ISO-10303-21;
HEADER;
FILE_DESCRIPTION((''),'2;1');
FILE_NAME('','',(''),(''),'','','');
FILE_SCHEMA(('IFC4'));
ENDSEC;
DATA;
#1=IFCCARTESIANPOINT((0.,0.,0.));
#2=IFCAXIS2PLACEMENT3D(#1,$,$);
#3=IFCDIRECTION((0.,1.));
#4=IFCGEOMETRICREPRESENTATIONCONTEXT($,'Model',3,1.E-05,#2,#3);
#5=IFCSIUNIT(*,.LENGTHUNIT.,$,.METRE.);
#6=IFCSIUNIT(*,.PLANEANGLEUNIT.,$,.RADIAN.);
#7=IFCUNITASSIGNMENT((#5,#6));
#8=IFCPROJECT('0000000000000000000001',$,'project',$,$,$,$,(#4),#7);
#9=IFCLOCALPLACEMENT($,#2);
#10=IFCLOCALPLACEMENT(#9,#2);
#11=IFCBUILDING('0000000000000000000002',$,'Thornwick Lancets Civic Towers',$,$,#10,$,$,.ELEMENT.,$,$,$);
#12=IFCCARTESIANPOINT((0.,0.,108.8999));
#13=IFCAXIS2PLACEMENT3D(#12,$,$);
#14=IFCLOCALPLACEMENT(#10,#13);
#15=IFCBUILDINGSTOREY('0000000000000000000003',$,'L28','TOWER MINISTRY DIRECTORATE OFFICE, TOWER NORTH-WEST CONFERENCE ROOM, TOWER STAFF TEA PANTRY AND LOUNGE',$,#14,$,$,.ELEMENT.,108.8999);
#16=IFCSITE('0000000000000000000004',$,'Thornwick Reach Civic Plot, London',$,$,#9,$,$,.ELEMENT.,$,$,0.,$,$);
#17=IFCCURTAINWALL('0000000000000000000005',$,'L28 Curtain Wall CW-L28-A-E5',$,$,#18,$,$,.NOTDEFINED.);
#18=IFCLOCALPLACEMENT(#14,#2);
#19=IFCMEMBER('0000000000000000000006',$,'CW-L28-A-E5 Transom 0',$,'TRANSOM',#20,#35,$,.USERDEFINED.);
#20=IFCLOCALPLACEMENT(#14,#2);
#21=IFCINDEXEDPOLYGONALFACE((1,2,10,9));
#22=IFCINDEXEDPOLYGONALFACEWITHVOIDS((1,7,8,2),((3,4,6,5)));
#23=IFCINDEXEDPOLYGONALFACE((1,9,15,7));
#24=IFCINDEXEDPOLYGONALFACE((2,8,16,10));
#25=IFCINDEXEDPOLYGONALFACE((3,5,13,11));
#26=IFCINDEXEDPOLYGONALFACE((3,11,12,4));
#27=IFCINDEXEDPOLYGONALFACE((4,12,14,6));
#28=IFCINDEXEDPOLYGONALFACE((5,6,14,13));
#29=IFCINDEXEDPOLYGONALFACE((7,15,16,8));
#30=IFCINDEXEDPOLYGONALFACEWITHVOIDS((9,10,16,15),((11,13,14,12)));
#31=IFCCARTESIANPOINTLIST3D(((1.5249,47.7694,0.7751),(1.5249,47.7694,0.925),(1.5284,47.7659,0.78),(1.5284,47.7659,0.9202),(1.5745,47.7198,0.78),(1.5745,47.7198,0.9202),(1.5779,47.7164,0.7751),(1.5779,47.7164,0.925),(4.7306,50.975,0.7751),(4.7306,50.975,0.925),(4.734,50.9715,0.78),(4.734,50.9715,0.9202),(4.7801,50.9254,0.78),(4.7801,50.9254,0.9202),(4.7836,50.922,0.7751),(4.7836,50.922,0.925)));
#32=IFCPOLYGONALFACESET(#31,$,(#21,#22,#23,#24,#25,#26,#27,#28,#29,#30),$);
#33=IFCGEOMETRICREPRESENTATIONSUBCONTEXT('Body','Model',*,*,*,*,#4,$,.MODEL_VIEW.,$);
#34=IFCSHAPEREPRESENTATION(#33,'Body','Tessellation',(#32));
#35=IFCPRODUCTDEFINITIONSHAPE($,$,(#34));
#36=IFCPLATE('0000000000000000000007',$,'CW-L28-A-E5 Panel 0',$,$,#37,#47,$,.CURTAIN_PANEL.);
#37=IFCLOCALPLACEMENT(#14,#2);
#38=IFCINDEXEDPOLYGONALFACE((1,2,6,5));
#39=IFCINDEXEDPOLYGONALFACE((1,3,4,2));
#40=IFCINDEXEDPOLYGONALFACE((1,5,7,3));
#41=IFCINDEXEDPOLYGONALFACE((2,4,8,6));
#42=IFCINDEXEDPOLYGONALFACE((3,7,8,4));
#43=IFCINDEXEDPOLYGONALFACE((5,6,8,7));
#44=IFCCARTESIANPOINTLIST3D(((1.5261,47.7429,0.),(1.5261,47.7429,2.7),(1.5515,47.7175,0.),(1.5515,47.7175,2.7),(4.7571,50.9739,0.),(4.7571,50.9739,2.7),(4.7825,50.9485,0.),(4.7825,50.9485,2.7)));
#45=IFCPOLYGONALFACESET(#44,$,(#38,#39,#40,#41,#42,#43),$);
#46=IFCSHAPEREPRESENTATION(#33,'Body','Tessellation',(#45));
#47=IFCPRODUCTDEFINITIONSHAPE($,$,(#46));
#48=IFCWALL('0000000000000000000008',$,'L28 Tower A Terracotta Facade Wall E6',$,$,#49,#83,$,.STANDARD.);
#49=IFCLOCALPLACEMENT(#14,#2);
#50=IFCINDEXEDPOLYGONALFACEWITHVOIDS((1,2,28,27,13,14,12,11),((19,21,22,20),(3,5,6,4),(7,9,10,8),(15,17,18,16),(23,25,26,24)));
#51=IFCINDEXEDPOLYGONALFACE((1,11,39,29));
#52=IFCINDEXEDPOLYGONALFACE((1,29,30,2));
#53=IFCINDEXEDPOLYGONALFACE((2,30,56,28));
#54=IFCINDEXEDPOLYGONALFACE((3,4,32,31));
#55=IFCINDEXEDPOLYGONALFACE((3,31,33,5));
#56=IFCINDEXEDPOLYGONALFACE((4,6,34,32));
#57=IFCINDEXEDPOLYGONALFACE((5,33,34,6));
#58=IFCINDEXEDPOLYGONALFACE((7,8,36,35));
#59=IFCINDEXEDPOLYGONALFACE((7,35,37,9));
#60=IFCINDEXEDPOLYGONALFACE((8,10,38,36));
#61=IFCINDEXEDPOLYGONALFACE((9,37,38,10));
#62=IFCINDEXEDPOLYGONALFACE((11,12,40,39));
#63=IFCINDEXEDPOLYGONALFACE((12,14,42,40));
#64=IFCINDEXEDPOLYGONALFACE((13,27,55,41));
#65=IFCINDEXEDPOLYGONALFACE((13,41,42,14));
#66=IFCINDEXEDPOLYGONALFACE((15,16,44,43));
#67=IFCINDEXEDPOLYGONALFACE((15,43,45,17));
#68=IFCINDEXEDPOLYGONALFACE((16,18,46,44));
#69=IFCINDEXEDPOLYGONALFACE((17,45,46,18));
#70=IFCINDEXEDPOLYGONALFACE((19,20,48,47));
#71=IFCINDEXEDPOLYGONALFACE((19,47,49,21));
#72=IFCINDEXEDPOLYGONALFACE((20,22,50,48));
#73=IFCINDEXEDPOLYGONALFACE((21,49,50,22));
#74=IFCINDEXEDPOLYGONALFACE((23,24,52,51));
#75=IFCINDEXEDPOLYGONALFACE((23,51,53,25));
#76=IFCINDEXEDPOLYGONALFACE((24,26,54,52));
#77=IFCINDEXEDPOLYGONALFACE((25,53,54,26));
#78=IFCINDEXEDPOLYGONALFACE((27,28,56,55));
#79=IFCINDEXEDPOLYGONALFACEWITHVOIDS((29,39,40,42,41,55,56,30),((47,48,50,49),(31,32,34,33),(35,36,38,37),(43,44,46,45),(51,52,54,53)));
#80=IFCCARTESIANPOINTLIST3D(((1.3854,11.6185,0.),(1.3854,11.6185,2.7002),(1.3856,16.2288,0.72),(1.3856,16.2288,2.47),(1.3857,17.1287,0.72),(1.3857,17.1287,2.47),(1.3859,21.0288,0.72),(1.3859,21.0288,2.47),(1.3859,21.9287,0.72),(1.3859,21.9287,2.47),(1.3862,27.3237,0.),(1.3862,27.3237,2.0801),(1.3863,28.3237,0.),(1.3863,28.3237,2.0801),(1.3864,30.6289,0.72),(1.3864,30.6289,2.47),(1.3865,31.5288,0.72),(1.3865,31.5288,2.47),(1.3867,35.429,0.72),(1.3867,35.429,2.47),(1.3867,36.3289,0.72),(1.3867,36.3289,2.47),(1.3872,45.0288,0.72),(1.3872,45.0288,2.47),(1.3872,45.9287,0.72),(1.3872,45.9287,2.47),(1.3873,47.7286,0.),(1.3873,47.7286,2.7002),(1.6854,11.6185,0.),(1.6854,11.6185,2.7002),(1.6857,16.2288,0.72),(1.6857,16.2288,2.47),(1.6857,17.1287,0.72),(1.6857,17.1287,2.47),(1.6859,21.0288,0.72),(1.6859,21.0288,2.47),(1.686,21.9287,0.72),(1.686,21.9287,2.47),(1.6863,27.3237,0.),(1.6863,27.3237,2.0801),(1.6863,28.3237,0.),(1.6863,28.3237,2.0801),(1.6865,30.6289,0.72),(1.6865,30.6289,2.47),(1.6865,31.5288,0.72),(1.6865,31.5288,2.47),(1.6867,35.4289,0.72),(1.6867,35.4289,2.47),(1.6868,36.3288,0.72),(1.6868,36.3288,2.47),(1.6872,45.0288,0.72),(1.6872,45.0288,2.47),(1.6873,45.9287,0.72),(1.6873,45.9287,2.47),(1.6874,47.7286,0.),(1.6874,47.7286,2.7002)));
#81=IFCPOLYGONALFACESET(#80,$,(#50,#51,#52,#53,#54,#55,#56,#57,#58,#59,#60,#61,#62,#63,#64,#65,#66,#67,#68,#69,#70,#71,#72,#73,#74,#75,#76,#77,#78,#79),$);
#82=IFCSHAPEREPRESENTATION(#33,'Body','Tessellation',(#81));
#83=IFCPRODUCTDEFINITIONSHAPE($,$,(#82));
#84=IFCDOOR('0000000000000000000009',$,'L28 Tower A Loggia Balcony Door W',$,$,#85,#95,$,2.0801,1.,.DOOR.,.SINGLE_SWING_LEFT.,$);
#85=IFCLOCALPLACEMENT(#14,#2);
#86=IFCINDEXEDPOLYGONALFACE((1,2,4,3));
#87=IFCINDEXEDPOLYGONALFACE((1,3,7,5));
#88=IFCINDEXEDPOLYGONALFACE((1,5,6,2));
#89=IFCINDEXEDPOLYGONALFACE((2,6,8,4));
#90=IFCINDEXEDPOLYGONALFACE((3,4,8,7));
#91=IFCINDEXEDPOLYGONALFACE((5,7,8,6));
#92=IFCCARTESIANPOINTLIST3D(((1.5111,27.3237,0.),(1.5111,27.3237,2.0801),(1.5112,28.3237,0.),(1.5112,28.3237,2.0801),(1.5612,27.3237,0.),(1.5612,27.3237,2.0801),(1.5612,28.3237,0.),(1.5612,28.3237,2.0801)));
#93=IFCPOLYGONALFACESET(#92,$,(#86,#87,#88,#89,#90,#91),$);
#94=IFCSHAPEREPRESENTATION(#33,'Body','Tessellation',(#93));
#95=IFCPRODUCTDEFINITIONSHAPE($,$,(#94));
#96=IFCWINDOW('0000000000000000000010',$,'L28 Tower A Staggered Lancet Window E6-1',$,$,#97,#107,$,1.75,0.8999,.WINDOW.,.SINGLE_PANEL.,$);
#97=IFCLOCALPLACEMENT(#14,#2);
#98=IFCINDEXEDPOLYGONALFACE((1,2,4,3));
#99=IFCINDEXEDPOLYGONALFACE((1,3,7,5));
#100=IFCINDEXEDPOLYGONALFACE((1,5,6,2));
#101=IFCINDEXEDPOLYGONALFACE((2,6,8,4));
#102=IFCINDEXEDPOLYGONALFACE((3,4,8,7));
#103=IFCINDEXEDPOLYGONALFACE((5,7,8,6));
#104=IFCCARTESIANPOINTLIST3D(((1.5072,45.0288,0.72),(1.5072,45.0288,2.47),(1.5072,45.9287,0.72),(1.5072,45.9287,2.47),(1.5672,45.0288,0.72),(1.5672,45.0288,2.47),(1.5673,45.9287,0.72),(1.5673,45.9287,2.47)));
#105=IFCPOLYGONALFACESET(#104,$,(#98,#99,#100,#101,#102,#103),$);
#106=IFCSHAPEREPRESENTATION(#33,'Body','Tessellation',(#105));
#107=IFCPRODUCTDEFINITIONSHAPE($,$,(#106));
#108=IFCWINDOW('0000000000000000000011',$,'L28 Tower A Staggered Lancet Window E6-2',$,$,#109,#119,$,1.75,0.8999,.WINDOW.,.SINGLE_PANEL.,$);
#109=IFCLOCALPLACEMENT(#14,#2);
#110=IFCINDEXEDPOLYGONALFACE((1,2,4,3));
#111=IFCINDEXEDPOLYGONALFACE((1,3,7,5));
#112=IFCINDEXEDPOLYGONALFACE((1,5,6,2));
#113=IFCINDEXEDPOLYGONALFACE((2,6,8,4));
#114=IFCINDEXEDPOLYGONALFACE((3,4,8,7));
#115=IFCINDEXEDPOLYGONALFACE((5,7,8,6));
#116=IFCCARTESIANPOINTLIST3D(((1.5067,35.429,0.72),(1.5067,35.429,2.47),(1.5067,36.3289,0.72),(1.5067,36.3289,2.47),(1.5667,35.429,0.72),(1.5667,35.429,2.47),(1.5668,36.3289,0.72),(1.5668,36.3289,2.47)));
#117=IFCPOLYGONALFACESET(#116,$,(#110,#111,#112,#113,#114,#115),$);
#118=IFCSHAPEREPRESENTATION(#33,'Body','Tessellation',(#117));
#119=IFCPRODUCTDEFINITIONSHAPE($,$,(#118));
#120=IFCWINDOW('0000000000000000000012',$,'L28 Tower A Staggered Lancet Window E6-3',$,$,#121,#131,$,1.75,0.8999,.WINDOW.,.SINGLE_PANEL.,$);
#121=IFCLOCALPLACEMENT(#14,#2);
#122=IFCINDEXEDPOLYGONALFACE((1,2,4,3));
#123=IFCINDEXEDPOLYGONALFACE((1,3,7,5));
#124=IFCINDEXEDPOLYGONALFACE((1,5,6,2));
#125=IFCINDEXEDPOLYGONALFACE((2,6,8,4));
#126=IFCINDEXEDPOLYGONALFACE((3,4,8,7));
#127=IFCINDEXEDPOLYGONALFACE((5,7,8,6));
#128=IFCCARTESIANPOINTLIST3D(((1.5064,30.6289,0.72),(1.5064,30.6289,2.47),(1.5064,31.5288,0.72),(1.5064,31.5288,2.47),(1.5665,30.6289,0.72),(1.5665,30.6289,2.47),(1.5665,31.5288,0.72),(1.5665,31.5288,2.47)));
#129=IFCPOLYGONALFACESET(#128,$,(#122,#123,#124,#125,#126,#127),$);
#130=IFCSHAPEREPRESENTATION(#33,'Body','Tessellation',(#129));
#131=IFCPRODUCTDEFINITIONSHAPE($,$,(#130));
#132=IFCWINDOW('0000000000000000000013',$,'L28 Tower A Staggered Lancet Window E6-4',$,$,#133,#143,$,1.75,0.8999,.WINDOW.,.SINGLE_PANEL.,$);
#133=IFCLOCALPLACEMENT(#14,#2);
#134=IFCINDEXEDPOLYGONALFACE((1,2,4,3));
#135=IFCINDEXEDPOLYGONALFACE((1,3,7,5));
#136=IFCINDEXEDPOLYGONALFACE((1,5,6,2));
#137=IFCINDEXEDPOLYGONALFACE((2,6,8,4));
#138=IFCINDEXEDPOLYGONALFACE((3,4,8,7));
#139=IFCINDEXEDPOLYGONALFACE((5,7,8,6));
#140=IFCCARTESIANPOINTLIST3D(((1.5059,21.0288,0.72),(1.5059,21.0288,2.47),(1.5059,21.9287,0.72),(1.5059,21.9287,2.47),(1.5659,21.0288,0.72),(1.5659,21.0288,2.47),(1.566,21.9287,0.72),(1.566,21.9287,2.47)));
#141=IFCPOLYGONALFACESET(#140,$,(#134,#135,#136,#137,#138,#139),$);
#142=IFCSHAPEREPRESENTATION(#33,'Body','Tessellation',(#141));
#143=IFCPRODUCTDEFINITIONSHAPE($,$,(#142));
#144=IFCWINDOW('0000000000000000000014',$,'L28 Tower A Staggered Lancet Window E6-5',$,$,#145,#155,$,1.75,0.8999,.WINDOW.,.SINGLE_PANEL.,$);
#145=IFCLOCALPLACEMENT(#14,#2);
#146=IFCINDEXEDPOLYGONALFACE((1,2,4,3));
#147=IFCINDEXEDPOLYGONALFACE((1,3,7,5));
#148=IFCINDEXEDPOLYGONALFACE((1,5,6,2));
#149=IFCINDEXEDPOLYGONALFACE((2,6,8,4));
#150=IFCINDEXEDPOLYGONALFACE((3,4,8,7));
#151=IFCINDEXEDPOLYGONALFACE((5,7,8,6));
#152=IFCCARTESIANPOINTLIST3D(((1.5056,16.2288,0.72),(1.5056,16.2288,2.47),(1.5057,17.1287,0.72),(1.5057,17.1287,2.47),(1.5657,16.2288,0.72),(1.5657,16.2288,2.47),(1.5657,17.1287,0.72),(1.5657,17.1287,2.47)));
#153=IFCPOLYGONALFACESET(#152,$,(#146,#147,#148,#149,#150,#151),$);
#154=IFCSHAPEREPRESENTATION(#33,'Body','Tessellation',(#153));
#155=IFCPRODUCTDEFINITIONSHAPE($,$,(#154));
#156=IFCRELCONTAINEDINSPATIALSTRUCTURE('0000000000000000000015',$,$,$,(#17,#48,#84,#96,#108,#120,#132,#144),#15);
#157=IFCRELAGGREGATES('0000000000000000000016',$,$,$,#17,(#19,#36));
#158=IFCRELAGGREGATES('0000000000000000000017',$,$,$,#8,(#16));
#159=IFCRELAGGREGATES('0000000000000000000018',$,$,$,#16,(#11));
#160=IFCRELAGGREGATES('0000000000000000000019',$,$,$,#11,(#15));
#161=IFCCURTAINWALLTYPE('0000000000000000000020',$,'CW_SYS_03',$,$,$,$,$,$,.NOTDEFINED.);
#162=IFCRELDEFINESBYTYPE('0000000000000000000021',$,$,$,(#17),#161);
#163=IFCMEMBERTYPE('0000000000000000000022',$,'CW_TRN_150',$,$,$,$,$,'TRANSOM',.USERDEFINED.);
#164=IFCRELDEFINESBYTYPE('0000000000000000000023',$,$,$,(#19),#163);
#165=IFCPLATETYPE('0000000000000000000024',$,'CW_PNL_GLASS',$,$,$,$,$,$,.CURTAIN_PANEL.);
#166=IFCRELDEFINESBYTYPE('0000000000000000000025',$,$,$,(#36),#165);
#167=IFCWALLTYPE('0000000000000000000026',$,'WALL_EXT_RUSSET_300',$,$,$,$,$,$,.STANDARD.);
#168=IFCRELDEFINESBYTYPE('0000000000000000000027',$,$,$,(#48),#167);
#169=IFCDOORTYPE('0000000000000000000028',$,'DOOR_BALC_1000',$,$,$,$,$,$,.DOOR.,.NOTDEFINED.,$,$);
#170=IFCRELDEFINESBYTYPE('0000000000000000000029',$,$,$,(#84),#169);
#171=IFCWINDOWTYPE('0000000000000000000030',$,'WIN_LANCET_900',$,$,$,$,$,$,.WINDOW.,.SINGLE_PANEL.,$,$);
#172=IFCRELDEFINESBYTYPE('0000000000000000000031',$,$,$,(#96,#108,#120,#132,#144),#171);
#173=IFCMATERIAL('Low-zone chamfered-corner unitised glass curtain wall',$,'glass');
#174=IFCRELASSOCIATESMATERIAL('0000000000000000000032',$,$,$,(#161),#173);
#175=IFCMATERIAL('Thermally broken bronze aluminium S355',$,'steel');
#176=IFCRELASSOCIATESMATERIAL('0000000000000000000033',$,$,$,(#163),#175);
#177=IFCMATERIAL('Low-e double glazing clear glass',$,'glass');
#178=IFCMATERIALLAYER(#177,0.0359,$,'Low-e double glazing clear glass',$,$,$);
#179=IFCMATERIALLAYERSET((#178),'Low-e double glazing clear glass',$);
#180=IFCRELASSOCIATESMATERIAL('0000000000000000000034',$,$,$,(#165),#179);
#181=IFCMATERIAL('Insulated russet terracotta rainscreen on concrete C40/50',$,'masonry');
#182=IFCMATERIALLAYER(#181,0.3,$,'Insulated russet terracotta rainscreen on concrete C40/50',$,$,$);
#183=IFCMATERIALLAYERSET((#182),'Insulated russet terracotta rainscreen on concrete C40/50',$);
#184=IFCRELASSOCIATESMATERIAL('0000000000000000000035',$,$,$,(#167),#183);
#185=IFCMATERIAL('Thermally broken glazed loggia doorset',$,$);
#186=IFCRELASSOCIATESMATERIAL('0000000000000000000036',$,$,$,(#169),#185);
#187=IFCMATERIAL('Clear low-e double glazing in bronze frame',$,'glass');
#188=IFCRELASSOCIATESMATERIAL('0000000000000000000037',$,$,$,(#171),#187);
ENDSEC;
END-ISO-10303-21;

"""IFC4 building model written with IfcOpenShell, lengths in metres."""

from ifc_helpers import new_model, si_unit, direction, frame, frame_2d, origin, origin_2d, place, context, subcontext, project, spatial, rectangle, hollow_rectangle, extrude, material, layer, layer_set, material_profile, profile_set, type_object, element, fill, aggregate, save


model = new_model("IFC4")

# Units and contexts
model_context = context("Model", 3, precision=1e-05, world=origin(), true_north=direction((0.0, 1.0)))
body_context = subcontext(model_context, "Body", "Model", "MODEL_VIEW")
ifc_project = project(units=[si_unit("LENGTHUNIT", "METRE"), si_unit("PLANEANGLEUNIT", "RADIAN")], contexts=[model_context])

# Site, building, storey
site_placement = place(None, origin())
site = spatial("IfcSite", under=ifc_project, at=site_placement, Name="Thornwick Reach Civic Plot, London", CompositionType="ELEMENT", RefElevation=0.0)
building_placement = place(site_placement, origin())
building = spatial("IfcBuilding", under=site, at=building_placement, Name="Thornwick Lancets Civic Towers", CompositionType="ELEMENT")
storey_placement = place(building_placement, frame((0.0, 0.0, 108.8999)))
storey = spatial("IfcBuildingStorey", under=building, at=storey_placement, Name="L28", Description="TOWER MINISTRY DIRECTORATE OFFICE, TOWER NORTH-WEST CONFERENCE ROOM, TOWER STAFF TEA PANTRY AND LOUNGE", CompositionType="ELEMENT", Elevation=108.8999)

# Curtain wall, member, plate
ifc_material_1 = material(Name="Low-zone chamfered-corner unitised glass curtain wall", Category="glass")
curtain_wall_type = type_object("IfcCurtainWallType", Name="CW_SYS_03", PredefinedType="NOTDEFINED", material=ifc_material_1)
curtain_wall_placement = place(storey_placement, origin())
curtain_wall = element("IfcCurtainWall", 1, at=curtain_wall_placement, inside=storey, type_object=curtain_wall_type, Name="L28 Curtain Wall CW-L28-A-E5", PredefinedType="NOTDEFINED")
ifc_material_2 = material(Name="Thermally broken bronze aluminium S355", Category="steel")
ifc_material_profile_1 = material_profile(ifc_material_2, hollow_rectangle(XDim=0.075, YDim=0.1499, WallThickness=0.0049, at=origin_2d()), Name="RHS 150x75x5")
ifc_profile_set_1 = profile_set([ifc_material_profile_1], Name="Thermally broken bronze aluminium S355")
member_type_1 = type_object("IfcMemberType", Name="CW_TRN_150", ElementType="TRANSOM", PredefinedType="USERDEFINED", material=ifc_profile_set_1)
member_1_placement = place(storey_placement, frame((4.7571, 50.9485, 0.8501), z_axis=(-0.707107, -0.707107, 0.0), x_axis=(0.707107, -0.707107, 0.0)))
member_1 = element("IfcMember", 2, at=member_1_placement, type_object=member_type_1, Name="CW-L28-A-E5 Transom 0", ObjectType="TRANSOM", PredefinedType="USERDEFINED", context=body_context, shape_type="SweptSolid", body=[
    extrude(hollow_rectangle(XDim=0.075, YDim=0.1499, WallThickness=0.0049, at=origin_2d()), origin(), (0.0, 0.0, 1.0), 4.5334),
])
ifc_material_3 = material(Name="Low-e double glazing clear glass", Category="glass")
ifc_layer_1 = layer(ifc_material_3, 0.0359, Name="Low-e double glazing clear glass")
ifc_layer_set_1 = layer_set([ifc_layer_1], Name="Low-e double glazing clear glass")
plate_type = type_object("IfcPlateType", Name="CW_PNL_GLASS", PredefinedType="CURTAIN_PANEL", material=ifc_layer_set_1)
plate_placement = place(storey_placement, frame((3.1543, 49.3457, 0.0), z_axis=(0.0, 0.0, 1.0), x_axis=(-0.707107, -0.707107, 0.0)))
plate = element("IfcPlate", 3, at=plate_placement, type_object=plate_type, Name="CW-L28-A-E5 Panel 0", PredefinedType="CURTAIN_PANEL", context=body_context, shape_type="SweptSolid", body=[
    extrude(rectangle(XDim=4.5693, YDim=0.0359, at=origin_2d()), origin(), (0.0, 0.0, 1.0), 2.7),
])
aggregate(curtain_wall, [member_1, plate])

# Wall, openings, door, windows
ifc_material_4 = material(Name="Insulated russet terracotta rainscreen on concrete C40/50", Category="masonry")
ifc_layer_2 = layer(ifc_material_4, 0.3, Name="Insulated russet terracotta rainscreen on concrete C40/50")
ifc_layer_set_2 = layer_set([ifc_layer_2], Name="Insulated russet terracotta rainscreen on concrete C40/50")
wall_type_1 = type_object("IfcWallType", Name="WALL_EXT_RUSSET_300", PredefinedType="STANDARD", material=ifc_layer_set_2)
wall_1_placement = place(storey_placement, frame((1.5374, 47.7288, 0.0), z_axis=(0.0, 0.0, 1.0), x_axis=(-0.000054, -1.0, 0.0)))
wall_1 = element("IfcWall", 4, at=wall_1_placement, inside=storey, type_object=wall_type_1, Name="L28 Tower A Terracotta Facade Wall E6", PredefinedType="STANDARD", context=body_context, shape_type="SweptSolid", body=[
    extrude(rectangle(XDim=36.1101, YDim=0.3, at=frame_2d((18.0552, 0.0))), origin(), (0.0, 0.0, 1.0), 2.7002),
])
opening_1_placement = place(wall_1_placement, frame((19.405, 0.0, 0.0)))
opening_1 = element("IfcOpeningElement", 5, at=opening_1_placement, cuts=wall_1, PredefinedType="OPENING", context=body_context, shape_type="SweptSolid", body=[
    extrude(rectangle(XDim=1.0, YDim=2.0801, at=frame_2d((0.5, 1.04))), frame((0.0, 0.1602, 0.0), z_axis=(0.0, -1.0, 0.0), x_axis=(1.0, 0.0, 0.0)), (0.0, 0.0, 1.0), 0.3201),
])
opening_2_placement = place(wall_1_placement, frame((1.8, 0.0, 0.72)))
opening_2 = element("IfcOpeningElement", 6, at=opening_2_placement, cuts=wall_1, PredefinedType="OPENING", context=body_context, shape_type="SweptSolid", body=[
    extrude(rectangle(XDim=0.8999, YDim=1.75, at=frame_2d((0.45, 0.875))), frame((0.0, 0.1602, 0.0), z_axis=(0.0, -1.0, 0.0), x_axis=(1.0, 0.0, 0.0)), (0.0, 0.0, 1.0), 0.3201),
])
opening_3_placement = place(wall_1_placement, frame((11.3999, 0.0, 0.72)))
opening_3 = element("IfcOpeningElement", 7, at=opening_3_placement, cuts=wall_1, PredefinedType="OPENING", context=body_context, shape_type="SweptSolid", body=[
    extrude(rectangle(XDim=0.8999, YDim=1.75, at=frame_2d((0.45, 0.875))), frame((0.0, 0.1602, 0.0), z_axis=(0.0, -1.0, 0.0), x_axis=(1.0, 0.0, 0.0)), (0.0, 0.0, 1.0), 0.3201),
])
opening_4_placement = place(wall_1_placement, frame((16.2, 0.0, 0.72)))
opening_4 = element("IfcOpeningElement", 8, at=opening_4_placement, cuts=wall_1, PredefinedType="OPENING", context=body_context, shape_type="SweptSolid", body=[
    extrude(rectangle(XDim=0.8999, YDim=1.75, at=frame_2d((0.45, 0.875))), frame((0.0, 0.1602, 0.0), z_axis=(0.0, -1.0, 0.0), x_axis=(1.0, 0.0, 0.0)), (0.0, 0.0, 1.0), 0.3201),
])
opening_5_placement = place(wall_1_placement, frame((25.8, 0.0, 0.72)))
opening_5 = element("IfcOpeningElement", 9, at=opening_5_placement, cuts=wall_1, PredefinedType="OPENING", context=body_context, shape_type="SweptSolid", body=[
    extrude(rectangle(XDim=0.8999, YDim=1.75, at=frame_2d((0.45, 0.875))), frame((0.0, 0.1602, 0.0), z_axis=(0.0, -1.0, 0.0), x_axis=(1.0, 0.0, 0.0)), (0.0, 0.0, 1.0), 0.3201),
])
opening_6_placement = place(wall_1_placement, frame((30.6001, 0.0, 0.72)))
opening_6 = element("IfcOpeningElement", 10, at=opening_6_placement, cuts=wall_1, PredefinedType="OPENING", context=body_context, shape_type="SweptSolid", body=[
    extrude(rectangle(XDim=0.8999, YDim=1.75, at=frame_2d((0.45, 0.875))), frame((0.0, 0.1602, 0.0), z_axis=(0.0, -1.0, 0.0), x_axis=(1.0, 0.0, 0.0)), (0.0, 0.0, 1.0), 0.3201),
])
ifc_material_5 = material(Name="Thermally broken glazed loggia doorset")
door_type = type_object("IfcDoorType", Name="DOOR_BALC_1000", OperationType="NOTDEFINED", PredefinedType="DOOR", material=ifc_material_5)
door_placement = place(opening_1_placement, origin())
door = element("IfcDoor", 11, at=door_placement, inside=storey, type_object=door_type, Name="L28 Tower A Loggia Balcony Door W", OperationType="SINGLE_SWING_LEFT", OverallHeight=2.0801, OverallWidth=1.0, PredefinedType="DOOR", context=body_context, shape_type="SweptSolid", body=[
    extrude(rectangle(XDim=1.0, YDim=2.0801, at=frame_2d((0.5, 1.04))), frame((0.0, 0.0249, 0.0), z_axis=(0.0, -1.0, 0.0), x_axis=(1.0, 0.0, 0.0)), (0.0, 0.0, 1.0), 0.05),
])
fill(opening_1, door)
ifc_material_6 = material(Name="Clear low-e double glazing in bronze frame", Category="glass")
window_type = type_object("IfcWindowType", Name="WIN_LANCET_900", PartitioningType="SINGLE_PANEL", PredefinedType="WINDOW", material=ifc_material_6)
window_1_placement = place(opening_2_placement, origin())
window_1 = element("IfcWindow", 12, at=window_1_placement, inside=storey, type_object=window_type, Name="L28 Tower A Staggered Lancet Window E6-1", OverallHeight=1.75, OverallWidth=0.8999, PartitioningType="SINGLE_PANEL", PredefinedType="WINDOW", context=body_context, shape_type="SweptSolid", body=[
    extrude(rectangle(XDim=0.8999, YDim=1.75, at=frame_2d((0.45, 0.875))), frame((0.0, 0.03, 0.0), z_axis=(0.0, -1.0, 0.0), x_axis=(1.0, 0.0, 0.0)), (0.0, 0.0, 1.0), 0.0601),
])
fill(opening_2, window_1)
window_2_placement = place(opening_3_placement, origin())
window_2 = element("IfcWindow", 13, at=window_2_placement, inside=storey, type_object=window_type, Name="L28 Tower A Staggered Lancet Window E6-2", OverallHeight=1.75, OverallWidth=0.8999, PartitioningType="SINGLE_PANEL", PredefinedType="WINDOW", context=body_context, shape_type="SweptSolid", body=[
    extrude(rectangle(XDim=0.8999, YDim=1.75, at=frame_2d((0.45, 0.875))), frame((0.0, 0.03, 0.0), z_axis=(0.0, -1.0, 0.0), x_axis=(1.0, 0.0, 0.0)), (0.0, 0.0, 1.0), 0.0601),
])
fill(opening_3, window_2)
window_3_placement = place(opening_4_placement, origin())
window_3 = element("IfcWindow", 14, at=window_3_placement, inside=storey, type_object=window_type, Name="L28 Tower A Staggered Lancet Window E6-3", OverallHeight=1.75, OverallWidth=0.8999, PartitioningType="SINGLE_PANEL", PredefinedType="WINDOW", context=body_context, shape_type="SweptSolid", body=[
    extrude(rectangle(XDim=0.8999, YDim=1.75, at=frame_2d((0.45, 0.875))), frame((0.0, 0.03, 0.0), z_axis=(0.0, -1.0, 0.0), x_axis=(1.0, 0.0, 0.0)), (0.0, 0.0, 1.0), 0.0601),
])
fill(opening_4, window_3)
window_4_placement = place(opening_5_placement, origin())
window_4 = element("IfcWindow", 15, at=window_4_placement, inside=storey, type_object=window_type, Name="L28 Tower A Staggered Lancet Window E6-4", OverallHeight=1.75, OverallWidth=0.8999, PartitioningType="SINGLE_PANEL", PredefinedType="WINDOW", context=body_context, shape_type="SweptSolid", body=[
    extrude(rectangle(XDim=0.8999, YDim=1.75, at=frame_2d((0.45, 0.875))), frame((0.0, 0.03, 0.0), z_axis=(0.0, -1.0, 0.0), x_axis=(1.0, 0.0, 0.0)), (0.0, 0.0, 1.0), 0.0601),
])
fill(opening_5, window_4)
window_5_placement = place(opening_6_placement, origin())
window_5 = element("IfcWindow", 16, at=window_5_placement, inside=storey, type_object=window_type, Name="L28 Tower A Staggered Lancet Window E6-5", OverallHeight=1.75, OverallWidth=0.8999, PartitioningType="SINGLE_PANEL", PredefinedType="WINDOW", context=body_context, shape_type="SweptSolid", body=[
    extrude(rectangle(XDim=0.8999, YDim=1.75, at=frame_2d((0.45, 0.875))), frame((0.0, 0.03, 0.0), z_axis=(0.0, -1.0, 0.0), x_axis=(1.0, 0.0, 0.0)), (0.0, 0.0, 1.0), 0.0601),
])
fill(opening_6, window_5)

save(model, "model.ifc")
